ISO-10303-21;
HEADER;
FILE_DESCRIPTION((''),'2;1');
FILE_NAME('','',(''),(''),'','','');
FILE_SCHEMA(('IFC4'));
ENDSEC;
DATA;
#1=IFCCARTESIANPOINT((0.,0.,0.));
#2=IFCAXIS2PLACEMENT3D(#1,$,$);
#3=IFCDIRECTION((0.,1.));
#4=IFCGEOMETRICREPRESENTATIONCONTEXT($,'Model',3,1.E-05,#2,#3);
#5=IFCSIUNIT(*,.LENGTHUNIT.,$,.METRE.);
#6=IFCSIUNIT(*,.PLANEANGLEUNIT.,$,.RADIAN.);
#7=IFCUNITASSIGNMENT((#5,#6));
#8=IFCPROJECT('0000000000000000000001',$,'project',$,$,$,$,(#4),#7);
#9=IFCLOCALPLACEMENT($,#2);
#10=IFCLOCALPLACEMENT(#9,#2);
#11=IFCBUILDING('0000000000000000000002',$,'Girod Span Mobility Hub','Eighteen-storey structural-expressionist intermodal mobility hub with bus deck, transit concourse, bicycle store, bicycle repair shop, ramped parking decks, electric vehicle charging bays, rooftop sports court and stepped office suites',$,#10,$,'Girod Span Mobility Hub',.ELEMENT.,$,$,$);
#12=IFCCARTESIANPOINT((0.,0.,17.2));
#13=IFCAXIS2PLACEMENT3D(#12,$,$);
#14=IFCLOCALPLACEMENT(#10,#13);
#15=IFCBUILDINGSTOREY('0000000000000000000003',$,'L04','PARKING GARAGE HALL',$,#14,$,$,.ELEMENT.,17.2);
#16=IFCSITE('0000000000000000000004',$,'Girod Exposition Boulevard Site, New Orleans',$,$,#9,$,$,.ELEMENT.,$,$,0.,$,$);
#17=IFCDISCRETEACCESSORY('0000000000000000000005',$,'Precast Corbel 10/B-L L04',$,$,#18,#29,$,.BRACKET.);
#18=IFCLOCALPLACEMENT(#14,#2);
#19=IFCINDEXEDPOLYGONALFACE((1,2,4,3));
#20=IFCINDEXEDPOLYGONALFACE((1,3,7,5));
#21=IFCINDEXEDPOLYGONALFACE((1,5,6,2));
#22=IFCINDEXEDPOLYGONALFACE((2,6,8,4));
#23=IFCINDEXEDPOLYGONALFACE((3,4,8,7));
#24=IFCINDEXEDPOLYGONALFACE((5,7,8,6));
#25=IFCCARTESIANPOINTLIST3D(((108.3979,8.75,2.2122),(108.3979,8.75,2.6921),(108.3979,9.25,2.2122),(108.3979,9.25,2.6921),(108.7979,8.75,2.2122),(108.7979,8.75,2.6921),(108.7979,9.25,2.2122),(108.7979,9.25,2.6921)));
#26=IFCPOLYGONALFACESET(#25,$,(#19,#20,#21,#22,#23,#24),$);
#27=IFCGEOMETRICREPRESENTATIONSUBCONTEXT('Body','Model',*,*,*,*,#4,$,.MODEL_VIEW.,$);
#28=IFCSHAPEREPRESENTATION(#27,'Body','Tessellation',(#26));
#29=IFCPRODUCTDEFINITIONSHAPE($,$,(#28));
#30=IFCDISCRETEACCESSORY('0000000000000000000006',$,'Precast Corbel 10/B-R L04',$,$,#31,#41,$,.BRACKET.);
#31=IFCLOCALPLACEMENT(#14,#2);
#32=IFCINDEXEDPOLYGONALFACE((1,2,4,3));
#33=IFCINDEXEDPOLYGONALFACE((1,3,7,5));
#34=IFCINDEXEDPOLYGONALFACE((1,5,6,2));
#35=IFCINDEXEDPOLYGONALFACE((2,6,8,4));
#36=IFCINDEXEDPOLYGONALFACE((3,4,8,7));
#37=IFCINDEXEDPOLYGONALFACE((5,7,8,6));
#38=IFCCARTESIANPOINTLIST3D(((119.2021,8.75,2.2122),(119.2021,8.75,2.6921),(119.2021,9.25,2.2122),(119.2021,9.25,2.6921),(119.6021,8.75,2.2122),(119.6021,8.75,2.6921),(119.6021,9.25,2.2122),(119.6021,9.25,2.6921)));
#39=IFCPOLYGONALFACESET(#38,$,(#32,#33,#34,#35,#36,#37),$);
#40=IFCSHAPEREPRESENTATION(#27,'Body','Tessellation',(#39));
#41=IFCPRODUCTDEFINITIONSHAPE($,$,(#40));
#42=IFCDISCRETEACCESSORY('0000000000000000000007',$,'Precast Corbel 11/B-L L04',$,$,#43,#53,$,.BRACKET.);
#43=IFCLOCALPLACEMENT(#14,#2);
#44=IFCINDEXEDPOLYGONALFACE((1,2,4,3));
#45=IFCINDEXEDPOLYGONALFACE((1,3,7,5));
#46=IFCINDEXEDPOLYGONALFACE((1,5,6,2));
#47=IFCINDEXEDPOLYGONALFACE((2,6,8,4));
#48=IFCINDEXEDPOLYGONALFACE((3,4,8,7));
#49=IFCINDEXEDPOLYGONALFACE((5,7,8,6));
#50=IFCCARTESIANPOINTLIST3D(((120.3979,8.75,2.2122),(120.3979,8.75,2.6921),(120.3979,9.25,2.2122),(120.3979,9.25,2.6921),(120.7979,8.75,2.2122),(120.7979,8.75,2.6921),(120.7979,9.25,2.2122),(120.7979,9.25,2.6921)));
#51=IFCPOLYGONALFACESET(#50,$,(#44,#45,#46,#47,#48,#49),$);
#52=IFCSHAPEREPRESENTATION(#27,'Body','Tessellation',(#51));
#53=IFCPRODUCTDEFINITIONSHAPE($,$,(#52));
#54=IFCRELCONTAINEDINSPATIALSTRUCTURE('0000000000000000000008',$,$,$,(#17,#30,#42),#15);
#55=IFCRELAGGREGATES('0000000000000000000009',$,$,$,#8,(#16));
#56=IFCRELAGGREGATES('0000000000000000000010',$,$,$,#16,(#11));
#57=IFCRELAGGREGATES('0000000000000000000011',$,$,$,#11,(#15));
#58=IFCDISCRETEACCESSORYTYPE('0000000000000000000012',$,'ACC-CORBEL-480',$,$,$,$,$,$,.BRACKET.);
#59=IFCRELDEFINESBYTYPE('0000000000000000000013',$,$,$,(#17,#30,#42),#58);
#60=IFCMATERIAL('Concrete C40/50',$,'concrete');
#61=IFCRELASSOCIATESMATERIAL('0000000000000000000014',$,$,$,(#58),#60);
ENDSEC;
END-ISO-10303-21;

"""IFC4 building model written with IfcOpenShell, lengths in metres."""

from ifc_helpers import new_model, si_unit, direction, frame, origin, origin_2d, place, context, subcontext, project, spatial, rectangle, extrude, material, type_object, element, save


model = new_model("IFC4")

# Units and contexts
model_context = context("Model", 3, precision=1e-05, world=origin(), true_north=direction((0.0, 1.0)))
body_context = subcontext(model_context, "Body", "Model", "MODEL_VIEW")
ifc_project = project(units=[si_unit("LENGTHUNIT", "METRE"), si_unit("PLANEANGLEUNIT", "RADIAN")], contexts=[model_context])

# Site, building, storey
site_placement = place(None, origin())
site = spatial("IfcSite", under=ifc_project, at=site_placement, Name="Girod Exposition Boulevard Site, New Orleans", CompositionType="ELEMENT", RefElevation=0.0)
building_placement = place(site_placement, origin())
building = spatial("IfcBuilding", under=site, at=building_placement, Name="Girod Span Mobility Hub", Description="Eighteen-storey structural-expressionist intermodal mobility hub with bus deck, transit concourse, bicycle store, bicycle repair shop, ramped parking decks, electric vehicle charging bays, rooftop sports court and stepped office suites", LongName="Girod Span Mobility Hub", CompositionType="ELEMENT")
storey_placement = place(building_placement, frame((0.0, 0.0, 17.2)))
storey = spatial("IfcBuildingStorey", under=building, at=storey_placement, Name="L04", Description="PARKING GARAGE HALL", CompositionType="ELEMENT", Elevation=17.2)

# Discrete accessories
ifc_material_1 = material(Name="Concrete C40/50", Category="concrete")
discrete_accessory_type = type_object("IfcDiscreteAccessoryType", Name="ACC-CORBEL-480", PredefinedType="BRACKET", material=ifc_material_1)
for number, where, z_axis, x_axis, name in (
    (1, (108.5979, 9.0, 2.2122), (0.0, 0.0, 1.0), (1.0, 0.0, 0.0), "Precast Corbel 10/B-L L04"),
    (2, (119.4021, 9.0, 2.2122), (0.0, 0.0, 1.0), (1.0, 0.0, 0.0), "Precast Corbel 10/B-R L04"),
    (3, (120.5979, 9.0, 2.2122), (0.0, 0.0, 1.0), (1.0, 0.0, 0.0), "Precast Corbel 11/B-L L04"),
):
    element("IfcDiscreteAccessory", number, at=place(storey_placement, frame(where, z_axis=z_axis, x_axis=x_axis)), inside=storey, type_object=discrete_accessory_type, Name=name, PredefinedType="BRACKET", context=body_context, shape_type="SweptSolid", body=[
        extrude(rectangle(XDim=0.3999, YDim=0.5, at=origin_2d()), origin(), (0.0, 0.0, 1.0), 0.48),
    ])

save(model, "model.ifc")
